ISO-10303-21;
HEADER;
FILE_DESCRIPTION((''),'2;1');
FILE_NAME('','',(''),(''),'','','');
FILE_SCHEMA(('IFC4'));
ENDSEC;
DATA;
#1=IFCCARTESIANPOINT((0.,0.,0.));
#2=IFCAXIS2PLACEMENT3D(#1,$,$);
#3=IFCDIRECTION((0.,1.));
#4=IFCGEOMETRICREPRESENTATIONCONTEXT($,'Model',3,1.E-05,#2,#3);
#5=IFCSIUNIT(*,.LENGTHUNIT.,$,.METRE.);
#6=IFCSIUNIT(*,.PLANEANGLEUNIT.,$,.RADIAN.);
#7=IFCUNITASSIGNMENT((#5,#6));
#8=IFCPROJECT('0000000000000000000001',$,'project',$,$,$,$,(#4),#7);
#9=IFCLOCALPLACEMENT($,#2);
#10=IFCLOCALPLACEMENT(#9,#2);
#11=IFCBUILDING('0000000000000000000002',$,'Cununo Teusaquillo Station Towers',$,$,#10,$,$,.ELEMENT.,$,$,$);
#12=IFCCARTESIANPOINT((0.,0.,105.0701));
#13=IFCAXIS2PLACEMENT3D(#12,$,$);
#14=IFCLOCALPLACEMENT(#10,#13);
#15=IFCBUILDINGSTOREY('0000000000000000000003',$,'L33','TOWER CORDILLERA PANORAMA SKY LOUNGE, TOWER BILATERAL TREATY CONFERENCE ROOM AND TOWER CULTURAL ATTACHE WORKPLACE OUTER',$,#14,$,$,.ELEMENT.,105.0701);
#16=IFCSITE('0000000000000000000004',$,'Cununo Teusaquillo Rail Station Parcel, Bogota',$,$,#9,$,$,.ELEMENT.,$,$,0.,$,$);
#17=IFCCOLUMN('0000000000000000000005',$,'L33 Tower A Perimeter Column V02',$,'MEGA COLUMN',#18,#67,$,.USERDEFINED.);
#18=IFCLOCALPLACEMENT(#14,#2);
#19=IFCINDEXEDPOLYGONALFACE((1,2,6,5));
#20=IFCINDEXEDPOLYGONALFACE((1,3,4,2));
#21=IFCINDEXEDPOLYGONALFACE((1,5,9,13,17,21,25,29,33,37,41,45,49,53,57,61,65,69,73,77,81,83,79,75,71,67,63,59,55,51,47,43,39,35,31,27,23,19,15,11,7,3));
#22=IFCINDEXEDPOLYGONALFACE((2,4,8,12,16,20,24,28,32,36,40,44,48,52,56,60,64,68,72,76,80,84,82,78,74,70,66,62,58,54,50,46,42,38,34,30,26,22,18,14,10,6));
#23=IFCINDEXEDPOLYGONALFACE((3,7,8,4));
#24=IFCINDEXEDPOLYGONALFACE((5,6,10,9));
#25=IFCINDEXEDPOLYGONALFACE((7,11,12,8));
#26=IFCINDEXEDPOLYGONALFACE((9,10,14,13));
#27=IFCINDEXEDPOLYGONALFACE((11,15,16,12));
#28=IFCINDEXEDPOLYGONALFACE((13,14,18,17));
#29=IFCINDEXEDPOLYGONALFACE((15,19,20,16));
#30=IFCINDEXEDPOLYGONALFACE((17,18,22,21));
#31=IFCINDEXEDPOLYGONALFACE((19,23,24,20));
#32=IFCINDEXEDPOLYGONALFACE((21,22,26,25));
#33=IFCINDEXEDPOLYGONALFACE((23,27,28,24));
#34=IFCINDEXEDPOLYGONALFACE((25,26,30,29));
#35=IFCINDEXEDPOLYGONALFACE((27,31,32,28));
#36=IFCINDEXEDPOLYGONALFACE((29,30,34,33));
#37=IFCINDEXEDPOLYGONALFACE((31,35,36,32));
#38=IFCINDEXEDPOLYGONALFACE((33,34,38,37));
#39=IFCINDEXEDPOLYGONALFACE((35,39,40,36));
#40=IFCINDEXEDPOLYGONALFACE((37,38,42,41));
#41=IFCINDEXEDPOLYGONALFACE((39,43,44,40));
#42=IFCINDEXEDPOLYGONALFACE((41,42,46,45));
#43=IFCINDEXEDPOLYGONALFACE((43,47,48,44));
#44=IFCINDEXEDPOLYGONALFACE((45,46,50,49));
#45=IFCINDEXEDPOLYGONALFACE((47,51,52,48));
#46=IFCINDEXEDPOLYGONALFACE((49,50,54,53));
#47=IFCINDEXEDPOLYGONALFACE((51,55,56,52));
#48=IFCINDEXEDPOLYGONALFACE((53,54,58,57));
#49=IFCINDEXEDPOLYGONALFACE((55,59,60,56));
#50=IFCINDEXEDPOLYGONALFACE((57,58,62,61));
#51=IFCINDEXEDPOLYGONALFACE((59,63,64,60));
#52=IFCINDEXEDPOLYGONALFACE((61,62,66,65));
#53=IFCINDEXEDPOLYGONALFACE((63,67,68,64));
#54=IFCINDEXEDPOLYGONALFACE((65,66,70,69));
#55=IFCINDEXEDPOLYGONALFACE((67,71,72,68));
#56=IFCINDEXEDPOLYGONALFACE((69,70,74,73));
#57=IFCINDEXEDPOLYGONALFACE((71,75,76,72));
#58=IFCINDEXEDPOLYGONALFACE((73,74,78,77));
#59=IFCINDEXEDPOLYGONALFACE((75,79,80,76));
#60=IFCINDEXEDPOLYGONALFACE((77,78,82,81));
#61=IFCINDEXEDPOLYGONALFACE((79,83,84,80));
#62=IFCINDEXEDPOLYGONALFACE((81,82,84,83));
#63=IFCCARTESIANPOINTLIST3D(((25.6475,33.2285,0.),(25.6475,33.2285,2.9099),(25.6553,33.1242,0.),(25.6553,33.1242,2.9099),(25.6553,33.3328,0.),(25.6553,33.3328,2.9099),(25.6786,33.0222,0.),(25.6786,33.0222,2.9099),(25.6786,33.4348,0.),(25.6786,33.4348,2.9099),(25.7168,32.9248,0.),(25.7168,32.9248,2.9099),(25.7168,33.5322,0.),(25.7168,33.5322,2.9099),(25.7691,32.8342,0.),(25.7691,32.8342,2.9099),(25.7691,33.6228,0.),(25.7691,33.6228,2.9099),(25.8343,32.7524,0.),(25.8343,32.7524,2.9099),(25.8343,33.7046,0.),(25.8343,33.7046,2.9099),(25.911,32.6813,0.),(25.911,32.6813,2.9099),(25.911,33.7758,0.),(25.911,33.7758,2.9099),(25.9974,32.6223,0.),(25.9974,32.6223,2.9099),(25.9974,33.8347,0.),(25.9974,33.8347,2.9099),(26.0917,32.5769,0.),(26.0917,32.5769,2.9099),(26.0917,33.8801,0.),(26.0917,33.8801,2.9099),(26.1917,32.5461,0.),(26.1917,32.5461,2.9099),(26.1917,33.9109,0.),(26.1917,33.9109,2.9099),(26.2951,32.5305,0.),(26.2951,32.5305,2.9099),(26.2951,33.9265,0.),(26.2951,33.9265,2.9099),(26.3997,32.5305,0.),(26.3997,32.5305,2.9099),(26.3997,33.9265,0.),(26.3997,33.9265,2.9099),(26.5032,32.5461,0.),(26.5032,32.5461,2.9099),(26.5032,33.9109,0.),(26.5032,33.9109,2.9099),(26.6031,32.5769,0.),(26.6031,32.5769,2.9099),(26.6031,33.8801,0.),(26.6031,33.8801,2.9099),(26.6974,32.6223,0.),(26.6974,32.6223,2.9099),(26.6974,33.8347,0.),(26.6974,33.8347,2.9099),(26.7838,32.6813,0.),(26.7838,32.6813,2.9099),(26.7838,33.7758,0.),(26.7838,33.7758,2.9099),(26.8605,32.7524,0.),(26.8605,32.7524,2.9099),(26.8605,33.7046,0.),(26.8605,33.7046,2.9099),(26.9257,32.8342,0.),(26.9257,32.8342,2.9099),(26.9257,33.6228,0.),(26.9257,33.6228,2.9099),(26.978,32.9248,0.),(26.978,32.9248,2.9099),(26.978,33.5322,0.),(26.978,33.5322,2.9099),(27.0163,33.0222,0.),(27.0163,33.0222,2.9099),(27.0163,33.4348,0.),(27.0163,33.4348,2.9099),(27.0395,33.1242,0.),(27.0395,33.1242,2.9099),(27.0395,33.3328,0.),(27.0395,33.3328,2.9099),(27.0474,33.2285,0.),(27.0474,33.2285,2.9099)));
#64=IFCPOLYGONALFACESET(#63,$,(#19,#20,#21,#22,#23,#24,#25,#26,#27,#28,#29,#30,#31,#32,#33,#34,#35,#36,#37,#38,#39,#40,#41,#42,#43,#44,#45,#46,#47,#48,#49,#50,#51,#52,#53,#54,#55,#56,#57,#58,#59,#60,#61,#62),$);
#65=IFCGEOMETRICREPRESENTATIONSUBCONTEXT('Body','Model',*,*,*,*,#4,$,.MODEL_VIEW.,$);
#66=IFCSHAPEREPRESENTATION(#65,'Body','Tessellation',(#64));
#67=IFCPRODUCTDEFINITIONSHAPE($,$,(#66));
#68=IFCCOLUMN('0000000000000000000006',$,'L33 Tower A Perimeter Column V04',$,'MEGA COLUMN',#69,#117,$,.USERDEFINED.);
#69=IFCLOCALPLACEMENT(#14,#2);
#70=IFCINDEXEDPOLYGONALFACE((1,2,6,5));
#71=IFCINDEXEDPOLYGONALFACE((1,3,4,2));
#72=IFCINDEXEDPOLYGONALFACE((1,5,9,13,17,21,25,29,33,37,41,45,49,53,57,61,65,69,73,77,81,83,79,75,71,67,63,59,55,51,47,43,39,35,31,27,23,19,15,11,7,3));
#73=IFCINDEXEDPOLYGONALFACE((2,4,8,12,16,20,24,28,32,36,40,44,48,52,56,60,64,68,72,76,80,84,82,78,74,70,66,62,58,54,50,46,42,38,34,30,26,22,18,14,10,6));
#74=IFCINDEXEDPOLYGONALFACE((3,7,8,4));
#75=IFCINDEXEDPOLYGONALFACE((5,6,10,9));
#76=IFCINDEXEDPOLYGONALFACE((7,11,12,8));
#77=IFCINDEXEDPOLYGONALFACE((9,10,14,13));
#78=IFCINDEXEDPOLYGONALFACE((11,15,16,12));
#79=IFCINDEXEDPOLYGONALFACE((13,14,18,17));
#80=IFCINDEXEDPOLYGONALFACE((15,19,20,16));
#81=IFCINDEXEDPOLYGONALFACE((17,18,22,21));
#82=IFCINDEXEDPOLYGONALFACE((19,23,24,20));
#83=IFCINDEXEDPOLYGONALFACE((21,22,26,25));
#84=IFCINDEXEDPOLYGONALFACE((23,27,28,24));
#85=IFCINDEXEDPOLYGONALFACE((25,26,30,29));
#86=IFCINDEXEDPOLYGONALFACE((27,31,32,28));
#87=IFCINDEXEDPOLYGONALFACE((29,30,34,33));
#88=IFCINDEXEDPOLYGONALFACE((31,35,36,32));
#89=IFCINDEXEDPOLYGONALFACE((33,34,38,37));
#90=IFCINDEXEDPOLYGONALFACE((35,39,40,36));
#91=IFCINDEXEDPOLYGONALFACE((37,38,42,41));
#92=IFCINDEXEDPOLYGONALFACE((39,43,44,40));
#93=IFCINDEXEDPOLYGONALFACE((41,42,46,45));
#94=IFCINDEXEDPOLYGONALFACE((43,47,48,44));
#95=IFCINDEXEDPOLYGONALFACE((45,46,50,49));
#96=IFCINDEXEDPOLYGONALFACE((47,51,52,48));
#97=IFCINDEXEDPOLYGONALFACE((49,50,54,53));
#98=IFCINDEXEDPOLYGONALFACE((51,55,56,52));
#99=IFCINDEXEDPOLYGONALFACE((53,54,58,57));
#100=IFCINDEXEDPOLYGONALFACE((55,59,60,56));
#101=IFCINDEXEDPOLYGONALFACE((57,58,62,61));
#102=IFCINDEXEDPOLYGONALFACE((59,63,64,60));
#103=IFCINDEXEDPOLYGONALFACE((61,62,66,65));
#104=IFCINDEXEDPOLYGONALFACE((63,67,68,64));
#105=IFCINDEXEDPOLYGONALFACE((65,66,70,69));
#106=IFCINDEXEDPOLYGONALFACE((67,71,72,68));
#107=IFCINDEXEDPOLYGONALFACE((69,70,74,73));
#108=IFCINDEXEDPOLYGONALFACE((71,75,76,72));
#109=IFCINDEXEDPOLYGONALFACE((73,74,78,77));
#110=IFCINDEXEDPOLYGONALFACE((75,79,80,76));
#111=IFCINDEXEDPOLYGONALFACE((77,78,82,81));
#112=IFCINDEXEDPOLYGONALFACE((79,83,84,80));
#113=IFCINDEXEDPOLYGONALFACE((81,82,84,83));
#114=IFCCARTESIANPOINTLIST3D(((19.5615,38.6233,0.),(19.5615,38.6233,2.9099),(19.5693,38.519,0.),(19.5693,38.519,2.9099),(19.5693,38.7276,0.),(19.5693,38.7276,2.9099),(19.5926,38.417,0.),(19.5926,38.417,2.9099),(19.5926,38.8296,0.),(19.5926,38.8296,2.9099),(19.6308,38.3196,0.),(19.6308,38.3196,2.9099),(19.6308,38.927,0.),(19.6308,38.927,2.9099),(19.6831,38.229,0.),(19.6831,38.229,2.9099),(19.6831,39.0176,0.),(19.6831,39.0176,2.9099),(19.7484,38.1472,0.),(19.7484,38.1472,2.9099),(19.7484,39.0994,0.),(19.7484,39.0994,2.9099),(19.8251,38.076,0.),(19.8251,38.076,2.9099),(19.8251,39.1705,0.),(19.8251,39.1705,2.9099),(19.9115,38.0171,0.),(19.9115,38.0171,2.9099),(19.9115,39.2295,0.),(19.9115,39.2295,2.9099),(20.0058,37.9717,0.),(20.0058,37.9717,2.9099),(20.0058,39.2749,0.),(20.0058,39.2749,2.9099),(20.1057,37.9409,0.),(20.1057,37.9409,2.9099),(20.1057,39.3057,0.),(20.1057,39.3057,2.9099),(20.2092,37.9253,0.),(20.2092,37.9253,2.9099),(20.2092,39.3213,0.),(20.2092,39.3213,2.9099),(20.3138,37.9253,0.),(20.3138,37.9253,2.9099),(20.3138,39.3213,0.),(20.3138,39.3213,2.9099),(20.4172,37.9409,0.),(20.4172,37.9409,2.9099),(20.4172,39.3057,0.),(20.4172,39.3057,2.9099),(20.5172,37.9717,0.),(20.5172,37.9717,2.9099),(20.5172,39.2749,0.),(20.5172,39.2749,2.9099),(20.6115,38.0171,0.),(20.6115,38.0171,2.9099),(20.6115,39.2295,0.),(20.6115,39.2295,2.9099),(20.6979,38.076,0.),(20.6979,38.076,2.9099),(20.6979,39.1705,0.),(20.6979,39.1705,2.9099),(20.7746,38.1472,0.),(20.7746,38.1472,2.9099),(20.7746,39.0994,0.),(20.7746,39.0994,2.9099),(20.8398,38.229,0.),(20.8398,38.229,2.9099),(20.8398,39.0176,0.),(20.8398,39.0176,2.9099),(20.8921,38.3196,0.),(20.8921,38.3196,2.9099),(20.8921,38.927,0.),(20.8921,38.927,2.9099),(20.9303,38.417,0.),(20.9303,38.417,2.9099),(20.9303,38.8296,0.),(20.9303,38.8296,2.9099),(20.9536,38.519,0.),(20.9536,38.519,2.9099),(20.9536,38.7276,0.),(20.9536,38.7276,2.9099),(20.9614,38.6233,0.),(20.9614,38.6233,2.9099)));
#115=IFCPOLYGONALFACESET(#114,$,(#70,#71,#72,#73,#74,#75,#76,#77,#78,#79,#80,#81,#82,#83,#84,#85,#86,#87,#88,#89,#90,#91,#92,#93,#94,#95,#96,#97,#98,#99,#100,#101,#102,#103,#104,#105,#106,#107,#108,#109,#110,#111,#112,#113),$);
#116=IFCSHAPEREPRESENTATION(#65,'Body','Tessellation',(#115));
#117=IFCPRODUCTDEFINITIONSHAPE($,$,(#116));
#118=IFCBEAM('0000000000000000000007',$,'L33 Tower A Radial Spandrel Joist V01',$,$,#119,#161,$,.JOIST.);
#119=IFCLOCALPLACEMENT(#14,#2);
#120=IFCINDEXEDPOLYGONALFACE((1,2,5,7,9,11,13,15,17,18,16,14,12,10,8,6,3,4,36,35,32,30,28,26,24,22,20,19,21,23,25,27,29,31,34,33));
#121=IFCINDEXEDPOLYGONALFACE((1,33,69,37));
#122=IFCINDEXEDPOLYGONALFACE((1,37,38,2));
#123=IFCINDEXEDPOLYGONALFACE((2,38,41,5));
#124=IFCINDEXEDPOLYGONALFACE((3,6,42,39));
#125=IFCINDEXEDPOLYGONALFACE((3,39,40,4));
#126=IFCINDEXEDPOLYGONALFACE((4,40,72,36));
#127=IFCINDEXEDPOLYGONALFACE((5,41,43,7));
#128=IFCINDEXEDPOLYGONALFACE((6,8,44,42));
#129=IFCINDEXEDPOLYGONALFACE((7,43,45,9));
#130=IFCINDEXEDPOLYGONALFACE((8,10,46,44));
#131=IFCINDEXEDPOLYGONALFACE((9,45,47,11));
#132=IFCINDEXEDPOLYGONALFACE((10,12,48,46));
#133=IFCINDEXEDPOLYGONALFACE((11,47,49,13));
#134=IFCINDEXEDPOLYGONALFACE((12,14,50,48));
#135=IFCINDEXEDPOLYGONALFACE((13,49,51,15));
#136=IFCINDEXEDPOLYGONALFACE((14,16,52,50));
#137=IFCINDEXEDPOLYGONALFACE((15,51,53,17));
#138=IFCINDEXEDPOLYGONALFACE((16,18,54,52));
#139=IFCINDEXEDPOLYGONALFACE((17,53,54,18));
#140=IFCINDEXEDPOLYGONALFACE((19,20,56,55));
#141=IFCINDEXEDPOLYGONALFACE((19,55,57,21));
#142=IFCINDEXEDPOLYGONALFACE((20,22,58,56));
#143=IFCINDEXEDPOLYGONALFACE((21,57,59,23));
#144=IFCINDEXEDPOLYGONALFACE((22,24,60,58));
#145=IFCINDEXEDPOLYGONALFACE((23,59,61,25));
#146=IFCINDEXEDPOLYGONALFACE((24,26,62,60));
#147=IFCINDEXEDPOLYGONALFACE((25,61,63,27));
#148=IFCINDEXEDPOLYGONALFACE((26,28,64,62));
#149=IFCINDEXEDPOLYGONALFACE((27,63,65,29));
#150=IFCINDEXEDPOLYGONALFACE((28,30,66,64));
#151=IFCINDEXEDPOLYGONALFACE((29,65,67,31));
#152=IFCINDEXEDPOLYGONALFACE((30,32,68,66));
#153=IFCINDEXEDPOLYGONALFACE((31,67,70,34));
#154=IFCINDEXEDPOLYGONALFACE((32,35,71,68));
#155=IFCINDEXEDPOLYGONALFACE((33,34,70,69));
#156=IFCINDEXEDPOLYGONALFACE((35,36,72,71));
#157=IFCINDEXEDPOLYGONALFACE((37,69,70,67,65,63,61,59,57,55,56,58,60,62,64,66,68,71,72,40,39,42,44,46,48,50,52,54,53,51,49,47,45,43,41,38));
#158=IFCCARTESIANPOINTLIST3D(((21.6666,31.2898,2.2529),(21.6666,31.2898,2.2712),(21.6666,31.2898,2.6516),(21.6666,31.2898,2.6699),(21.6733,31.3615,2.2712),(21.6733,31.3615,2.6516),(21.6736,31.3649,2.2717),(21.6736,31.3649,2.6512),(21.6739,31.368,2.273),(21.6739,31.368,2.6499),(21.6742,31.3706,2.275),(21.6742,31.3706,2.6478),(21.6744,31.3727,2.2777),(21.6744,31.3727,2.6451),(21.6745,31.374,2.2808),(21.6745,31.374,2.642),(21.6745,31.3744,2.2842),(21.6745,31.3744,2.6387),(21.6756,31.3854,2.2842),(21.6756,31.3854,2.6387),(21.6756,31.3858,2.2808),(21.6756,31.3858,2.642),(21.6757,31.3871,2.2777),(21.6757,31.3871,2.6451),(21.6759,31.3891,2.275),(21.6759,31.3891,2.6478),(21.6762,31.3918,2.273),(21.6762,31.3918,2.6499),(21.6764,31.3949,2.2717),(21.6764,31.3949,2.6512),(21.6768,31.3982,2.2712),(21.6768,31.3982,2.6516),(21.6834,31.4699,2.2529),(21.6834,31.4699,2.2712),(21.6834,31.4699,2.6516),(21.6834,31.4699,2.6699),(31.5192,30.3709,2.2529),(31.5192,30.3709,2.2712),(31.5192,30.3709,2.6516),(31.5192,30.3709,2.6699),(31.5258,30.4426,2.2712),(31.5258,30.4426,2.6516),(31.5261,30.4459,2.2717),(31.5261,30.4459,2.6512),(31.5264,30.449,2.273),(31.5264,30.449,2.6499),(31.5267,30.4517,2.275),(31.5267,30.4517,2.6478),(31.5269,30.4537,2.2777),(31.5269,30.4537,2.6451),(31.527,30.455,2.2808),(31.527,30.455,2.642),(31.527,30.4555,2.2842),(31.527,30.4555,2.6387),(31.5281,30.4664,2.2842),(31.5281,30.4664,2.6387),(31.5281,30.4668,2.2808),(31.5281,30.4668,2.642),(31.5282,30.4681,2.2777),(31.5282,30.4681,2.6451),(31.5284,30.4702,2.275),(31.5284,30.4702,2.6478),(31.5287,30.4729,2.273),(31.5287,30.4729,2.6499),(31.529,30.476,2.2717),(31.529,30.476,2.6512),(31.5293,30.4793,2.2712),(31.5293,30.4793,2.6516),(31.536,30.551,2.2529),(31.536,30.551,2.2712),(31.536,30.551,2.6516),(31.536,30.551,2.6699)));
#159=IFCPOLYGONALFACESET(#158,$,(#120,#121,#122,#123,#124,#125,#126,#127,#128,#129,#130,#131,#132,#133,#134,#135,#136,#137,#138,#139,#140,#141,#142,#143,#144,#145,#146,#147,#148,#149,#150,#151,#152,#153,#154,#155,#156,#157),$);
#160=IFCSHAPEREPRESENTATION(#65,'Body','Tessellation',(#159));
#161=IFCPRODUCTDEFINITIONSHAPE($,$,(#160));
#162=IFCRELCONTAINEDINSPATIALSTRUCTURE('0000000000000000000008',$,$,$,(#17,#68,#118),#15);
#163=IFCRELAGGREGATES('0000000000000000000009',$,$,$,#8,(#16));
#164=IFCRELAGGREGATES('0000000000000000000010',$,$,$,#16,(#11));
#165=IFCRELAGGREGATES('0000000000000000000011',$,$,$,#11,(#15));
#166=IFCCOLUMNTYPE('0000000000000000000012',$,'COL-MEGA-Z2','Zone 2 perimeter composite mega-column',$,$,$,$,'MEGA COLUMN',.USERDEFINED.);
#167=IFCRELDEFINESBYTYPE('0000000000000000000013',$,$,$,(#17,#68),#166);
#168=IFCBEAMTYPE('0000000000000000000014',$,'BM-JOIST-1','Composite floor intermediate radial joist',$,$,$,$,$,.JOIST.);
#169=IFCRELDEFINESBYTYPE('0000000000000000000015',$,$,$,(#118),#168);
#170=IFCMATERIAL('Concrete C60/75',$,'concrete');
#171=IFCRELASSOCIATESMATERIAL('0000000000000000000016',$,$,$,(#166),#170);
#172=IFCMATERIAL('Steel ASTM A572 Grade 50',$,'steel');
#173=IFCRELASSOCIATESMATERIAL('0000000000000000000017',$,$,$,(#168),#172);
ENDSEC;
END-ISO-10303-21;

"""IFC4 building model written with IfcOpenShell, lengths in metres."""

from ifc_helpers import new_model, si_unit, direction, frame, origin, origin_2d, place, context, subcontext, project, spatial, circle, i_section, extrude, material, material_profile, profile_set, type_object, element, save


model = new_model("IFC4")

# Units and contexts
model_context = context("Model", 3, precision=1e-05, world=origin(), true_north=direction((0.0, 1.0)))
body_context = subcontext(model_context, "Body", "Model", "MODEL_VIEW")
ifc_project = project(units=[si_unit("LENGTHUNIT", "METRE"), si_unit("PLANEANGLEUNIT", "RADIAN")], contexts=[model_context])

# Site, building, storey
site_placement = place(None, origin())
site = spatial("IfcSite", under=ifc_project, at=site_placement, Name="Cununo Teusaquillo Rail Station Parcel, Bogota", CompositionType="ELEMENT", RefElevation=0.0)
building_placement = place(site_placement, origin())
building = spatial("IfcBuilding", under=site, at=building_placement, Name="Cununo Teusaquillo Station Towers", CompositionType="ELEMENT")
storey_placement = place(building_placement, frame((0.0, 0.0, 105.0701)))
storey = spatial("IfcBuildingStorey", under=building, at=storey_placement, Name="L33", Description="TOWER CORDILLERA PANORAMA SKY LOUNGE, TOWER BILATERAL TREATY CONFERENCE ROOM AND TOWER CULTURAL ATTACHE WORKPLACE OUTER", CompositionType="ELEMENT", Elevation=105.0701)

# Columns
ifc_material_1 = material(Name="Concrete C60/75", Category="concrete")
ifc_material_profile_1 = material_profile(ifc_material_1, circle(Radius=0.7, at=origin_2d()), Name="RC-CIRC-1400")
ifc_profile_set_1 = profile_set([ifc_material_profile_1], Name="Concrete C60/75")
column_type = type_object("IfcColumnType", Name="COL-MEGA-Z2", Description="Zone 2 perimeter composite mega-column", ElementType="MEGA COLUMN", PredefinedType="USERDEFINED", material=ifc_profile_set_1)
for number, where, z_axis, x_axis, name in (
    (1, (26.3474, 33.2285, 0.0), (0.0, 0.0, 1.0), (1.0, 0.0, 0.0), "L33 Tower A Perimeter Column V02"),
    (2, (20.2615, 38.6233, 0.0), (0.0, 0.0, 1.0), (1.0, 0.0, 0.0), "L33 Tower A Perimeter Column V04"),
):
    element("IfcColumn", number, at=place(storey_placement, frame(where, z_axis=z_axis, x_axis=x_axis)), inside=storey, type_object=column_type, Name=name, ObjectType="MEGA COLUMN", PredefinedType="USERDEFINED", context=body_context, shape_type="SweptSolid", body=[
        extrude(circle(Radius=0.7, at=origin_2d()), origin(), (0.0, 0.0, 1.0), 2.9099),
    ])

# Beam
ifc_material_2 = material(Name="Steel ASTM A572 Grade 50", Category="steel")
ifc_material_profile_2 = material_profile(ifc_material_2, i_section(OverallWidth=0.1809, OverallDepth=0.417, WebThickness=0.011, FlangeThickness=0.0183, FilletRadius=0.0129, at=origin_2d()), Name="W16X57")
ifc_profile_set_2 = profile_set([ifc_material_profile_2], Name="Steel ASTM A572 Grade 50")
beam_type_1 = type_object("IfcBeamType", Name="BM-JOIST-1", Description="Composite floor intermediate radial joist", PredefinedType="JOIST", material=ifc_profile_set_2)
beam_1_placement = place(storey_placement, frame((21.675, 31.3799, 2.4614), z_axis=(0.995679, -0.092867, 0.0), x_axis=(0.092867, 0.995679, 0.0)))
element("IfcBeam", 3, at=beam_1_placement, inside=storey, type_object=beam_type_1, Name="L33 Tower A Radial Spandrel Joist V01", PredefinedType="JOIST", context=body_context, shape_type="SweptSolid", body=[
    extrude(i_section(OverallWidth=0.1809, OverallDepth=0.417, WebThickness=0.011, FlangeThickness=0.0183, FilletRadius=0.0129, at=origin_2d()), origin(), (0.0, 0.0, 1.0), 9.8953),
])

save(model, "model.ifc")
